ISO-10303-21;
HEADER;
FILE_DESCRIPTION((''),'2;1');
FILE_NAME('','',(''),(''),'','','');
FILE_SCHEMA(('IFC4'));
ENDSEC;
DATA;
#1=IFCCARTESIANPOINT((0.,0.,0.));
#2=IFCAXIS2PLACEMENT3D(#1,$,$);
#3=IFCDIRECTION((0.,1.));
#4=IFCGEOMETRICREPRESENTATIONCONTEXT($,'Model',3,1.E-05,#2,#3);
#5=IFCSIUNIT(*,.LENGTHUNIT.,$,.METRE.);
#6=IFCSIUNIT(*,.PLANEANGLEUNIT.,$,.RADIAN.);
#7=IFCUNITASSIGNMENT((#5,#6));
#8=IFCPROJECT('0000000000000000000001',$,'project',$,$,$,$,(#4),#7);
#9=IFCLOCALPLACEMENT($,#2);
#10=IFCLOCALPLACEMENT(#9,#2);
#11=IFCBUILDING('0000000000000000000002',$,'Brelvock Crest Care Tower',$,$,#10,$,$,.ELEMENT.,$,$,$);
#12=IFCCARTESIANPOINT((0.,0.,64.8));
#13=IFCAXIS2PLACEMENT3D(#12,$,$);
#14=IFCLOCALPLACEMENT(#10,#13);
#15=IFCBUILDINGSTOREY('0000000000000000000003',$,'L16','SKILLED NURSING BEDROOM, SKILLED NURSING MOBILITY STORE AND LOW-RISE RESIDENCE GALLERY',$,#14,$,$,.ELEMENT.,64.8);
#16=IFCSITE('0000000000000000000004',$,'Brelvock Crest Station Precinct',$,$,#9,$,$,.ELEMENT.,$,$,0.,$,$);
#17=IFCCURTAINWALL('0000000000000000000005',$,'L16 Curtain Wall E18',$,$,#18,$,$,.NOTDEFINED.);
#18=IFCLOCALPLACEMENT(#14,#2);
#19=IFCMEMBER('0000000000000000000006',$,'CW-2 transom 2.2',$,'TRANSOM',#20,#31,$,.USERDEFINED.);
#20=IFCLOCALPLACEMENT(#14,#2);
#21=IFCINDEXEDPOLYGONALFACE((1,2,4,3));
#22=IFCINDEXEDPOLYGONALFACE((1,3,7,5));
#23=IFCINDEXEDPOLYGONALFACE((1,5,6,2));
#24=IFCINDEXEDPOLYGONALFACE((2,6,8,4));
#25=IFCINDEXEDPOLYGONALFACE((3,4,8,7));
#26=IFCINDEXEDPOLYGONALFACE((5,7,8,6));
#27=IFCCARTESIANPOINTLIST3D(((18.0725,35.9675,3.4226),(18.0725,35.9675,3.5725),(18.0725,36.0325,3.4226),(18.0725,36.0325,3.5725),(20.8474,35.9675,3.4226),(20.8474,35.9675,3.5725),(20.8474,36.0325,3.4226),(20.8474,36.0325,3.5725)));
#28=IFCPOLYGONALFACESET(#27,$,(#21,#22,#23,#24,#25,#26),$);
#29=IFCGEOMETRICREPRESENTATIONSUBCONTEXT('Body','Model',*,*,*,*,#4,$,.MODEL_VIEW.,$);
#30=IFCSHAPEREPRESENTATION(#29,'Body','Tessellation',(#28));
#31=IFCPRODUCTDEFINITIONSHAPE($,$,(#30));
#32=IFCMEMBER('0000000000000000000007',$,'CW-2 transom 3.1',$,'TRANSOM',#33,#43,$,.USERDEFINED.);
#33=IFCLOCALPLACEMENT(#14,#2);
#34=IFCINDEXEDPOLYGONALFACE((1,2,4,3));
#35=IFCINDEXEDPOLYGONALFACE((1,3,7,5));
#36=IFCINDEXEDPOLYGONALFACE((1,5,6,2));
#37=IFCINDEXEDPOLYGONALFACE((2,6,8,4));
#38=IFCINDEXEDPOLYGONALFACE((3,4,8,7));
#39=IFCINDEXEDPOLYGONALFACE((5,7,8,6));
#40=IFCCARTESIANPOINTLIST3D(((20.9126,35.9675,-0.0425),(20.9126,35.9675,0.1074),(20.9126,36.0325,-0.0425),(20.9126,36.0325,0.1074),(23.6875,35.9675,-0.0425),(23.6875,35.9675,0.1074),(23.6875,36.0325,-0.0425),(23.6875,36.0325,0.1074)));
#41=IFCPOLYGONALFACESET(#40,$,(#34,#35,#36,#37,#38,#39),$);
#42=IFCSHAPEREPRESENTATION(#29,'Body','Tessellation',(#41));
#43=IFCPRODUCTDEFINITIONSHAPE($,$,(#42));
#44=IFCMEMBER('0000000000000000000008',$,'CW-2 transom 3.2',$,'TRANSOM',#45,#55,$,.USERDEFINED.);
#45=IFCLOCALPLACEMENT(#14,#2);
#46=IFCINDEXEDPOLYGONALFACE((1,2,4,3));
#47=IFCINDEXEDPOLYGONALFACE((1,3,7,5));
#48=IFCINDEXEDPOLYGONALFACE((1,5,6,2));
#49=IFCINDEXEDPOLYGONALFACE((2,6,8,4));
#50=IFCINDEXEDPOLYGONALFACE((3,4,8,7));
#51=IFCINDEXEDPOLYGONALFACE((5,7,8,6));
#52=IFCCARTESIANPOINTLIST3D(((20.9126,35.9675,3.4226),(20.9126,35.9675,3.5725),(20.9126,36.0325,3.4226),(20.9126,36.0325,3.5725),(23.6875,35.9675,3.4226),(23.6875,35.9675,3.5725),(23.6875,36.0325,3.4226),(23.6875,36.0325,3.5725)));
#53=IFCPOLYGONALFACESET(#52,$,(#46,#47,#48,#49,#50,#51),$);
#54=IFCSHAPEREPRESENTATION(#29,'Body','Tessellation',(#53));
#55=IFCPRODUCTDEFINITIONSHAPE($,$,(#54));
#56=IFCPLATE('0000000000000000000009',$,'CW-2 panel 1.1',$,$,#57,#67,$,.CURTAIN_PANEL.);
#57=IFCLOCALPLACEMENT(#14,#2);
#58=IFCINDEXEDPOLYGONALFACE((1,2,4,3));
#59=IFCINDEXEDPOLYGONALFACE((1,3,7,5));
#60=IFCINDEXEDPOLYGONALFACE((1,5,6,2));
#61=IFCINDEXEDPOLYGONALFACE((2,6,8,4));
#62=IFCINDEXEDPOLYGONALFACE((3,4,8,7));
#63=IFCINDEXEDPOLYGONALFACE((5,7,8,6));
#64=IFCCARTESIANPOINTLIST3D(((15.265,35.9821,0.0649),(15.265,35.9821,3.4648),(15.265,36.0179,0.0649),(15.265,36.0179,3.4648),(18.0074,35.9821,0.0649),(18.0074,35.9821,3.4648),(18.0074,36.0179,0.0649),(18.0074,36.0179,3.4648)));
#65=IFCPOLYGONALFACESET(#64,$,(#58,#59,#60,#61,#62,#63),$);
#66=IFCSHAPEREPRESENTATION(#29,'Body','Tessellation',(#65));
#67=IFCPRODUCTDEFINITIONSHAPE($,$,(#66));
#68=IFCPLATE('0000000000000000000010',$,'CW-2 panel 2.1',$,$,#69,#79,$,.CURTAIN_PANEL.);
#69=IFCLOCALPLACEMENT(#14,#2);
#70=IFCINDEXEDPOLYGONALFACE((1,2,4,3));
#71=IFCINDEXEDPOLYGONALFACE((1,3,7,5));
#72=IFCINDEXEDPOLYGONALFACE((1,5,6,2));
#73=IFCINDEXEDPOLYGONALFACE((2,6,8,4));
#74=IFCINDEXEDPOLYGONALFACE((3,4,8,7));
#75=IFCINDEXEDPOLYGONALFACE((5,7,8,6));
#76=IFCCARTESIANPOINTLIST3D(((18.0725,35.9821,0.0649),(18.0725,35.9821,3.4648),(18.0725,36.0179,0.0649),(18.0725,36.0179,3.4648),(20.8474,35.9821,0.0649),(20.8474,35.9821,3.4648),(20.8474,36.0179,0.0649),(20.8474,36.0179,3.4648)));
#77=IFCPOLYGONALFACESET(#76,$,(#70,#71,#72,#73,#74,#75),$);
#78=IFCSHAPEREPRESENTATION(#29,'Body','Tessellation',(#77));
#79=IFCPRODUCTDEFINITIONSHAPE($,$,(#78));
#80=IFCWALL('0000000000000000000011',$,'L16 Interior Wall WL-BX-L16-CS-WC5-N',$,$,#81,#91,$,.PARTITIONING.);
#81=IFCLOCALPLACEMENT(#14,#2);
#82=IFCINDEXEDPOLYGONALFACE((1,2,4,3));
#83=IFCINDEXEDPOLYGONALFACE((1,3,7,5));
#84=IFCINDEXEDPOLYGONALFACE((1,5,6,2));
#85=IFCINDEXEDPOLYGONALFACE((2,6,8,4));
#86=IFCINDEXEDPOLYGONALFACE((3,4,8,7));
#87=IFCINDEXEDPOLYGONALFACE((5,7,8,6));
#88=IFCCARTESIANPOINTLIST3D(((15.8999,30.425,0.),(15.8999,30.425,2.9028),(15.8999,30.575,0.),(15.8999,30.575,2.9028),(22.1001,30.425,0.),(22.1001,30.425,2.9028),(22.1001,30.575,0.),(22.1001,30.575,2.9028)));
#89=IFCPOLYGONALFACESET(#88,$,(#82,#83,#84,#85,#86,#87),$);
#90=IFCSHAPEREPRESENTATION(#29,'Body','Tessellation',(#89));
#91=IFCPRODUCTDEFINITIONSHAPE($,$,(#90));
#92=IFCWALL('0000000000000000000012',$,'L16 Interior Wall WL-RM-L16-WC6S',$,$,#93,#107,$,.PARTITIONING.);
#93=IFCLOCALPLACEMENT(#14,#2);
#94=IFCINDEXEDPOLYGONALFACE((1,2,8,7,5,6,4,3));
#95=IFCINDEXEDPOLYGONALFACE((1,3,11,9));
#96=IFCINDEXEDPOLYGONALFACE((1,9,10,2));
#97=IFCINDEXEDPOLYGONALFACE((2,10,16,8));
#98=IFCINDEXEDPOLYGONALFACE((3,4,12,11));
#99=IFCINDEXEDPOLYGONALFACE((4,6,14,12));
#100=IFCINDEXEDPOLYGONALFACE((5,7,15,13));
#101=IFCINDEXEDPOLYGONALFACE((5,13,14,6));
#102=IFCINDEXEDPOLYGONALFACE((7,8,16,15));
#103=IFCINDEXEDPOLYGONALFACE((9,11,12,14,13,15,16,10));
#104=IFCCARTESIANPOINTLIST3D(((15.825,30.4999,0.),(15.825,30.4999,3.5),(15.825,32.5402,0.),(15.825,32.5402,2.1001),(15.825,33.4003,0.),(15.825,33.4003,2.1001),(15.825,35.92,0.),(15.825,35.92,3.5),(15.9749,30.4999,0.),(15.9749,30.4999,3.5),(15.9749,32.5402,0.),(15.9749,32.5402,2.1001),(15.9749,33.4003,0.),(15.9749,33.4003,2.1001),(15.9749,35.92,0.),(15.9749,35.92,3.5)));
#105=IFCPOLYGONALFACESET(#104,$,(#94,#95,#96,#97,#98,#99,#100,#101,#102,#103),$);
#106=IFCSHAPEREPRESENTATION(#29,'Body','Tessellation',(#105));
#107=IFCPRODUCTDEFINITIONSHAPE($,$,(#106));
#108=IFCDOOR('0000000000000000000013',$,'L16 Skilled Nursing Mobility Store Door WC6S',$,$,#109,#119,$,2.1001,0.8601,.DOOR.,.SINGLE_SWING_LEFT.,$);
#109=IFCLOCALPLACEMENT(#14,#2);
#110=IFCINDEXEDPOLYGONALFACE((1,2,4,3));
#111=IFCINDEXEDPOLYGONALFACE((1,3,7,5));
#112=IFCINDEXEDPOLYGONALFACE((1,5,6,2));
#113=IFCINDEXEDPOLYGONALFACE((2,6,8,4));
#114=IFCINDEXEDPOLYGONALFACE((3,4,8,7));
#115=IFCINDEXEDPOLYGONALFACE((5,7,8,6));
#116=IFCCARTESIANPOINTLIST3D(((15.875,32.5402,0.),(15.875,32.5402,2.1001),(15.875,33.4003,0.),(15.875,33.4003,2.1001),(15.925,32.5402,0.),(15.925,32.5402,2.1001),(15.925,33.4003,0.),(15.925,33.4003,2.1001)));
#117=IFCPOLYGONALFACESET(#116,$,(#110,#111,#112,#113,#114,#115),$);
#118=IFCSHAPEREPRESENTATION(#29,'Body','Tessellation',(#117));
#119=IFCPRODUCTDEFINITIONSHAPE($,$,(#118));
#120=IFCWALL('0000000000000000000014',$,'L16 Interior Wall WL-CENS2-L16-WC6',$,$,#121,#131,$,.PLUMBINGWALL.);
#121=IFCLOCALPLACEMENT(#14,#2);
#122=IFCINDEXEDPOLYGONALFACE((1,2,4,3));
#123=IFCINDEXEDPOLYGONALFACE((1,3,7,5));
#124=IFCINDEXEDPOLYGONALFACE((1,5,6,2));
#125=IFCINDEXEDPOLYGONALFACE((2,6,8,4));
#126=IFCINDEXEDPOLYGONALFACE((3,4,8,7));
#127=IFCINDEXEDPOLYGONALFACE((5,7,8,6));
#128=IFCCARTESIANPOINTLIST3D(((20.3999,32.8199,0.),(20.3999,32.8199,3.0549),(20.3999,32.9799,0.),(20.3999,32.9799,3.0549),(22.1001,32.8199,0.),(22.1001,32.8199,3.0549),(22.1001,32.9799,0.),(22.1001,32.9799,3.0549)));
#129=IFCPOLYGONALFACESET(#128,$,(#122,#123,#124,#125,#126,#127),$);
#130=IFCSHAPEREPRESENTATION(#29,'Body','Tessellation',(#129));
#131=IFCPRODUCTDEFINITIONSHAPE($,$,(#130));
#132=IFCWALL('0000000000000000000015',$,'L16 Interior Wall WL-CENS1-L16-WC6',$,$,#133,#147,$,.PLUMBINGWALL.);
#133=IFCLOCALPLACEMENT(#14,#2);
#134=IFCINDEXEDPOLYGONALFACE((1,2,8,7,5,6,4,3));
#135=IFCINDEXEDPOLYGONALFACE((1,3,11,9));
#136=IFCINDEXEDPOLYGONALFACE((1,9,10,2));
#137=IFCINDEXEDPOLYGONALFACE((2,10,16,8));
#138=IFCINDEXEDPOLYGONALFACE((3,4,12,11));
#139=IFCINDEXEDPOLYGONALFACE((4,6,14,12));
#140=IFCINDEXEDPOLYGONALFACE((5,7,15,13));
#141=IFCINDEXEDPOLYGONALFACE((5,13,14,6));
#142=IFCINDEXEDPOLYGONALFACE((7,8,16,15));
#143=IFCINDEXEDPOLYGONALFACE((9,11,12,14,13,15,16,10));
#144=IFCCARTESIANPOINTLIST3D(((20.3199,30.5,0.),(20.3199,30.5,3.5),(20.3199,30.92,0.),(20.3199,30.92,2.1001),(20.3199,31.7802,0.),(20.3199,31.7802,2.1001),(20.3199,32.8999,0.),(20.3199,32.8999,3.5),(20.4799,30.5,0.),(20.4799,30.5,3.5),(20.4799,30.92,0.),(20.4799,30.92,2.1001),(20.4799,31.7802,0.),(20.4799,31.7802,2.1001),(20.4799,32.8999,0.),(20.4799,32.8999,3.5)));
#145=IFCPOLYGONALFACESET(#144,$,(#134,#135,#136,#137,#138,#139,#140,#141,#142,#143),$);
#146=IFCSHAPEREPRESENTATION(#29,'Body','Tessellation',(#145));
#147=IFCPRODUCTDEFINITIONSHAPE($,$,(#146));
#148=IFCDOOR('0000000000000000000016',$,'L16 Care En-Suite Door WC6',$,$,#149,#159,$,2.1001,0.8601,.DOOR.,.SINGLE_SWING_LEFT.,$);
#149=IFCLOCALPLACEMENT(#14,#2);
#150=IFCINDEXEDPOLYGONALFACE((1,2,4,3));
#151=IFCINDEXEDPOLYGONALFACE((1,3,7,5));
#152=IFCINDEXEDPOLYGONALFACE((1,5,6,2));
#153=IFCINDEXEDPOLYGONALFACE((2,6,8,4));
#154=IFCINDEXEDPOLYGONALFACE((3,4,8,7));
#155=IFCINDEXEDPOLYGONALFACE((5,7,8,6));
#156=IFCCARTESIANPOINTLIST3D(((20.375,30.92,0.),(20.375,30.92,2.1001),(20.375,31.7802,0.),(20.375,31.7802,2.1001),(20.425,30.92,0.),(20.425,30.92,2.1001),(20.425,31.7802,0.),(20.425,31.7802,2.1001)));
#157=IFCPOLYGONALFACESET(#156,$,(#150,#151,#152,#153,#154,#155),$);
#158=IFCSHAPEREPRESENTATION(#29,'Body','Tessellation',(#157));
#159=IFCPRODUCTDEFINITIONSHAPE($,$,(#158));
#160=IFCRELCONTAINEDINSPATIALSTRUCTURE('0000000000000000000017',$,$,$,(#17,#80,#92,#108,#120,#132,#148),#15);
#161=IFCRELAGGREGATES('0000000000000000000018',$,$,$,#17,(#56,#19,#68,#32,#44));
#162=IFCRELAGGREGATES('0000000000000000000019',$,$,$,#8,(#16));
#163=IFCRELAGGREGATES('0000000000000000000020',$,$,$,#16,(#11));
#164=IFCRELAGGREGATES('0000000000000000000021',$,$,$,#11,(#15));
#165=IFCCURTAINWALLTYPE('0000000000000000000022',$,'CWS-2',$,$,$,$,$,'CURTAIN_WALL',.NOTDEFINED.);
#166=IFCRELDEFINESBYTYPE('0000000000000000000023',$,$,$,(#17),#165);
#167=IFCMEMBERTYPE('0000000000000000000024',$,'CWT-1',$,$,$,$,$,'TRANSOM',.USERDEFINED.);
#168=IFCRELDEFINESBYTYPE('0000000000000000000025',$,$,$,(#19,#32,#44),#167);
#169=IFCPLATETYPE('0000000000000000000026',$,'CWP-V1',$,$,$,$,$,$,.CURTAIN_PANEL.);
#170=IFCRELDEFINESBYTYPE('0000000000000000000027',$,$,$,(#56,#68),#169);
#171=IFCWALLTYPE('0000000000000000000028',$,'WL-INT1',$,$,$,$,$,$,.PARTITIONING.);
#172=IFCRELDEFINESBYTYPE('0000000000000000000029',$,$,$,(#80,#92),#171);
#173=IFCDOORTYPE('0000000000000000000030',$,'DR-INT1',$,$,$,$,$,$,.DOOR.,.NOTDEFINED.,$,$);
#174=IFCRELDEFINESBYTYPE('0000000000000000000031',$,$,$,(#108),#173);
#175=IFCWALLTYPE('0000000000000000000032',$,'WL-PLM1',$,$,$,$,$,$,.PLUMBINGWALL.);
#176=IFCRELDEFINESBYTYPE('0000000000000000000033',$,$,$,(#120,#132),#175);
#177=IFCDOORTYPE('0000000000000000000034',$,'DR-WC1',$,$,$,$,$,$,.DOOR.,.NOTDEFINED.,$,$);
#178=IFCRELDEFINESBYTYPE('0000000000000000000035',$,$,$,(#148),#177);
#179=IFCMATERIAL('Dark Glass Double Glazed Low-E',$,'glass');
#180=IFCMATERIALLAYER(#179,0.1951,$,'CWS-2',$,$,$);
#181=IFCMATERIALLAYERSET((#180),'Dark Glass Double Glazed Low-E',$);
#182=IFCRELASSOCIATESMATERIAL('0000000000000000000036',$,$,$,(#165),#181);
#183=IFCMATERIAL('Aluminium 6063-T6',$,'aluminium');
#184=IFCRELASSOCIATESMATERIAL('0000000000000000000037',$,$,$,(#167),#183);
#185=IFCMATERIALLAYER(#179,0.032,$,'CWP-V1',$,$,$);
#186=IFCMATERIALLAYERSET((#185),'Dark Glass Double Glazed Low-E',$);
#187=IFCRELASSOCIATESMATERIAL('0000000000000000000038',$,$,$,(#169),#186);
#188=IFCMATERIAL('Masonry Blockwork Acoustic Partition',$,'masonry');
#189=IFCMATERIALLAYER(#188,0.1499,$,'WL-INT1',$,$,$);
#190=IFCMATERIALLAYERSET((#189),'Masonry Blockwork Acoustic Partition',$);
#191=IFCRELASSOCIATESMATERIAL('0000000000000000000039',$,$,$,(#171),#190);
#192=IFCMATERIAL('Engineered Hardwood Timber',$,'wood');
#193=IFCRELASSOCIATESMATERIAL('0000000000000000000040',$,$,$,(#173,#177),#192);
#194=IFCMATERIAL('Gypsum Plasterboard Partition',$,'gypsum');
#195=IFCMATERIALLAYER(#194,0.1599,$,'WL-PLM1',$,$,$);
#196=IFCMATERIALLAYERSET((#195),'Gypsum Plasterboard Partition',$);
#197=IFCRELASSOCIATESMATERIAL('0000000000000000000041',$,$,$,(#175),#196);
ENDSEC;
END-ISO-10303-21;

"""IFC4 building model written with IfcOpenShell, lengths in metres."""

from ifc_helpers import new_model, si_unit, direction, frame, frame_2d, origin, origin_2d, place, context, subcontext, project, spatial, rectangle, extrude, source, transform, mapped, material, layer, layer_set, material_profile, profile_set, type_object, element, fill, aggregate, save


model = new_model("IFC4")

# Units and contexts
model_context = context("Model", 3, precision=1e-05, world=origin(), true_north=direction((0.0, 1.0)))
body_context = subcontext(model_context, "Body", "Model", "MODEL_VIEW")
ifc_project = project(units=[si_unit("LENGTHUNIT", "METRE"), si_unit("PLANEANGLEUNIT", "RADIAN")], contexts=[model_context])

# Site, building, storey
site_placement = place(None, origin())
site = spatial("IfcSite", under=ifc_project, at=site_placement, Name="Brelvock Crest Station Precinct", CompositionType="ELEMENT", RefElevation=0.0)
building_placement = place(site_placement, origin())
building = spatial("IfcBuilding", under=site, at=building_placement, Name="Brelvock Crest Care Tower", CompositionType="ELEMENT")
storey_placement = place(building_placement, frame((0.0, 0.0, 64.8)))
storey = spatial("IfcBuildingStorey", under=building, at=storey_placement, Name="L16", Description="SKILLED NURSING BEDROOM, SKILLED NURSING MOBILITY STORE AND LOW-RISE RESIDENCE GALLERY", CompositionType="ELEMENT", Elevation=64.8)

# Curtain wall, members, plates
ifc_material_1 = material(Name="Dark Glass Double Glazed Low-E", Category="glass")
ifc_layer_1 = layer(ifc_material_1, 0.1951, Name="CWS-2")
ifc_layer_set_1 = layer_set([ifc_layer_1], Name="Dark Glass Double Glazed Low-E")
curtain_wall_type = type_object("IfcCurtainWallType", Name="CWS-2", ElementType="CURTAIN_WALL", PredefinedType="NOTDEFINED", material=ifc_layer_set_1)
curtain_wall_placement = place(storey_placement, origin())
curtain_wall = element("IfcCurtainWall", 1, at=curtain_wall_placement, inside=storey, type_object=curtain_wall_type, Name="L16 Curtain Wall E18", PredefinedType="NOTDEFINED")
ifc_material_2 = material(Name="Aluminium 6063-T6", Category="aluminium")
ifc_material_profile_1 = material_profile(ifc_material_2, rectangle(XDim=0.0649, YDim=0.1499, at=origin_2d()), Name="ALU65x150")
ifc_profile_set_1 = profile_set([ifc_material_profile_1], Name="Aluminium 6063-T6")
member_type_1 = type_object("IfcMemberType", Name="CWT-1", ElementType="TRANSOM", PredefinedType="USERDEFINED", material=ifc_profile_set_1)
shared_shape_1 = source(origin(), body_context, "Body", "SweptSolid", [
    extrude(rectangle(XDim=0.0649, YDim=0.1499, at=origin_2d()), origin(), (0.0, 0.0, 1.0), 2.7749),
])
member_1_placement = place(storey_placement, frame((18.0725, 36.0, 3.4976), z_axis=(1.0, 0.0, 0.0), x_axis=(0.0, 1.0, 0.0)))
member_1 = element("IfcMember", 2, at=member_1_placement, type_object=member_type_1, Name="CW-2 transom 2.2", ObjectType="TRANSOM", PredefinedType="USERDEFINED", context=body_context, shape_type="MappedRepresentation", body=[
    mapped(shared_shape_1, transform((0.0, 0.0, 0.0), x_axis=(1.0, 0.0, 0.0), y_axis=(0.0, 1.0, 0.0), z_axis=(0.0, 0.0, 1.0), scale=1.0)),
])
member_2_placement = place(storey_placement, frame((20.9126, 36.0, 0.0325), z_axis=(1.0, 0.0, 0.0), x_axis=(0.0, 1.0, 0.0)))
member_2 = element("IfcMember", 3, at=member_2_placement, type_object=member_type_1, Name="CW-2 transom 3.1", ObjectType="TRANSOM", PredefinedType="USERDEFINED", context=body_context, shape_type="MappedRepresentation", body=[
    mapped(shared_shape_1, transform((0.0, 0.0, 0.0), x_axis=(1.0, 0.0, 0.0), y_axis=(0.0, 1.0, 0.0), z_axis=(0.0, 0.0, 1.0), scale=1.0)),
])
member_3_placement = place(storey_placement, frame((20.9126, 36.0, 3.4976), z_axis=(1.0, 0.0, 0.0), x_axis=(0.0, 1.0, 0.0)))
member_3 = element("IfcMember", 4, at=member_3_placement, type_object=member_type_1, Name="CW-2 transom 3.2", ObjectType="TRANSOM", PredefinedType="USERDEFINED", context=body_context, shape_type="MappedRepresentation", body=[
    mapped(shared_shape_1, transform((0.0, 0.0, 0.0), x_axis=(1.0, 0.0, 0.0), y_axis=(0.0, 1.0, 0.0), z_axis=(0.0, 0.0, 1.0), scale=1.0)),
])
ifc_layer_2 = layer(ifc_material_1, 0.032, Name="CWP-V1")
ifc_layer_set_2 = layer_set([ifc_layer_2], Name="Dark Glass Double Glazed Low-E")
plate_type = type_object("IfcPlateType", Name="CWP-V1", PredefinedType="CURTAIN_PANEL", material=ifc_layer_set_2)
shared_shape_2 = source(origin(), body_context, "Body", "SweptSolid", [
    extrude(rectangle(XDim=2.7424, YDim=0.0359, at=origin_2d()), origin(), (0.0, 0.0, 1.0), 3.3999),
])
plate_1_placement = place(storey_placement, frame((16.6362, 36.0, 0.0649), z_axis=(0.0, 0.0, 1.0), x_axis=(1.0, 0.0, 0.0)))
plate_1 = element("IfcPlate", 5, at=plate_1_placement, type_object=plate_type, Name="CW-2 panel 1.1", PredefinedType="CURTAIN_PANEL", context=body_context, shape_type="MappedRepresentation", body=[
    mapped(shared_shape_2, transform((0.0, 0.0, 0.0), x_axis=(1.0, 0.0, 0.0), y_axis=(0.0, 1.0, 0.0), z_axis=(0.0, 0.0, 1.0), scale=1.0)),
])
shared_shape_3 = source(origin(), body_context, "Body", "SweptSolid", [
    extrude(rectangle(XDim=2.7749, YDim=0.0359, at=origin_2d()), origin(), (0.0, 0.0, 1.0), 3.3999),
])
plate_2_placement = place(storey_placement, frame((19.46, 36.0, 0.0649), z_axis=(0.0, 0.0, 1.0), x_axis=(1.0, 0.0, 0.0)))
plate_2 = element("IfcPlate", 6, at=plate_2_placement, type_object=plate_type, Name="CW-2 panel 2.1", PredefinedType="CURTAIN_PANEL", context=body_context, shape_type="MappedRepresentation", body=[
    mapped(shared_shape_3, transform((0.0, 0.0, 0.0), x_axis=(1.0, 0.0, 0.0), y_axis=(0.0, 1.0, 0.0), z_axis=(0.0, 0.0, 1.0), scale=1.0)),
])
aggregate(curtain_wall, [plate_1, member_1, plate_2, member_2, member_3])

# Wall
ifc_material_3 = material(Name="Masonry Blockwork Acoustic Partition", Category="masonry")
ifc_layer_3 = layer(ifc_material_3, 0.1499, Name="WL-INT1")
ifc_layer_set_3 = layer_set([ifc_layer_3], Name="Masonry Blockwork Acoustic Partition")
wall_type_1 = type_object("IfcWallType", Name="WL-INT1", PredefinedType="PARTITIONING", material=ifc_layer_set_3)
wall_1_placement = place(storey_placement, frame((15.8999, 30.5, 0.0), z_axis=(0.0, 0.0, 1.0), x_axis=(1.0, 0.0, 0.0)))
element("IfcWall", 7, at=wall_1_placement, inside=storey, type_object=wall_type_1, Name="L16 Interior Wall WL-BX-L16-CS-WC5-N", PredefinedType="PARTITIONING", context=body_context, shape_type="SweptSolid", body=[
    extrude(rectangle(XDim=6.2002, YDim=0.1499, at=frame_2d((3.1001, 0.0))), origin(), (0.0, 0.0, 1.0), 2.9028),
])

# Wall, opening, door
wall_2_placement = place(storey_placement, frame((15.8999, 30.5, 0.0), z_axis=(0.0, 0.0, 1.0), x_axis=(0.0, 1.0, 0.0)))
wall_2 = element("IfcWall", 8, at=wall_2_placement, inside=storey, type_object=wall_type_1, Name="L16 Interior Wall WL-RM-L16-WC6S", PredefinedType="PARTITIONING", context=body_context, shape_type="SweptSolid", body=[
    extrude(rectangle(XDim=5.4202, YDim=0.1499, at=frame_2d((2.71, 0.0))), origin(), (0.0, 0.0, 1.0), 3.5),
])
opening_1_placement = place(wall_2_placement, frame((2.04, 0.0, 0.0)))
opening_1 = element("IfcOpeningElement", 9, at=opening_1_placement, cuts=wall_2, PredefinedType="OPENING", context=body_context, shape_type="SweptSolid", body=[
    extrude(rectangle(XDim=0.8601, YDim=2.1001, at=origin_2d()), frame((0.4302, 0.085, 1.05), z_axis=(0.0, -1.0, 0.0), x_axis=(1.0, 0.0, 0.0)), (0.0, 0.0, 1.0), 0.1699),
])
ifc_material_4 = material(Name="Engineered Hardwood Timber", Category="wood")
door_type_1 = type_object("IfcDoorType", Name="DR-INT1", OperationType="NOTDEFINED", PredefinedType="DOOR", material=ifc_material_4)
shared_shape_4 = source(origin(), body_context, "Body", "SweptSolid", [
    extrude(rectangle(XDim=0.8601, YDim=2.1001, at=origin_2d()), frame((0.4302, 0.0249, 1.05), z_axis=(0.0, -1.0, 0.0), x_axis=(1.0, 0.0, 0.0)), (0.0, 0.0, 1.0), 0.05),
])
door_1_placement = place(opening_1_placement, origin())
door_1 = element("IfcDoor", 10, at=door_1_placement, inside=storey, type_object=door_type_1, Name="L16 Skilled Nursing Mobility Store Door WC6S", OperationType="SINGLE_SWING_LEFT", OverallHeight=2.1001, OverallWidth=0.8601, PredefinedType="DOOR", context=body_context, shape_type="MappedRepresentation", body=[
    mapped(shared_shape_4, transform((0.0, 0.0, 0.0), x_axis=(1.0, 0.0, 0.0), y_axis=(0.0, 1.0, 0.0), z_axis=(0.0, 0.0, 1.0), scale=1.0)),
])
fill(opening_1, door_1)

# Wall
ifc_material_5 = material(Name="Gypsum Plasterboard Partition", Category="gypsum")
ifc_layer_4 = layer(ifc_material_5, 0.1599, Name="WL-PLM1")
ifc_layer_set_4 = layer_set([ifc_layer_4], Name="Gypsum Plasterboard Partition")
wall_type_2 = type_object("IfcWallType", Name="WL-PLM1", PredefinedType="PLUMBINGWALL", material=ifc_layer_set_4)
wall_3_placement = place(storey_placement, frame((20.3999, 32.8999, 0.0), z_axis=(0.0, 0.0, 1.0), x_axis=(1.0, 0.0, 0.0)))
element("IfcWall", 11, at=wall_3_placement, inside=storey, type_object=wall_type_2, Name="L16 Interior Wall WL-CENS2-L16-WC6", PredefinedType="PLUMBINGWALL", context=body_context, shape_type="SweptSolid", body=[
    extrude(rectangle(XDim=1.7002, YDim=0.1599, at=frame_2d((0.8501, 0.0))), origin(), (0.0, 0.0, 1.0), 3.0549),
])

# Wall, opening, door
wall_4_placement = place(storey_placement, frame((20.3999, 30.5, 0.0), z_axis=(0.0, 0.0, 1.0), x_axis=(0.0, 1.0, 0.0)))
wall_4 = element("IfcWall", 12, at=wall_4_placement, inside=storey, type_object=wall_type_2, Name="L16 Interior Wall WL-CENS1-L16-WC6", PredefinedType="PLUMBINGWALL", context=body_context, shape_type="SweptSolid", body=[
    extrude(rectangle(XDim=2.3999, YDim=0.1599, at=frame_2d((1.2, 0.0))), origin(), (0.0, 0.0, 1.0), 3.5),
])
opening_2_placement = place(wall_4_placement, frame((0.4199, 0.0, 0.0)))
opening_2 = element("IfcOpeningElement", 13, at=opening_2_placement, cuts=wall_4, PredefinedType="OPENING", context=body_context, shape_type="SweptSolid", body=[
    extrude(rectangle(XDim=0.8601, YDim=2.1001, at=origin_2d()), frame((0.4302, 0.0898, 1.05), z_axis=(0.0, -1.0, 0.0), x_axis=(1.0, 0.0, 0.0)), (0.0, 0.0, 1.0), 0.1799),
])
door_type_2 = type_object("IfcDoorType", Name="DR-WC1", OperationType="NOTDEFINED", PredefinedType="DOOR", material=ifc_material_4)
shared_shape_5 = source(origin(), body_context, "Body", "SweptSolid", [
    extrude(rectangle(XDim=0.8601, YDim=2.1001, at=origin_2d()), frame((0.4302, 0.0249, 1.05), z_axis=(0.0, -1.0, 0.0), x_axis=(1.0, 0.0, 0.0)), (0.0, 0.0, 1.0), 0.05),
])
door_2_placement = place(opening_2_placement, origin())
door_2 = element("IfcDoor", 14, at=door_2_placement, inside=storey, type_object=door_type_2, Name="L16 Care En-Suite Door WC6", OperationType="SINGLE_SWING_LEFT", OverallHeight=2.1001, OverallWidth=0.8601, PredefinedType="DOOR", context=body_context, shape_type="MappedRepresentation", body=[
    mapped(shared_shape_5, transform((0.0, 0.0, 0.0), x_axis=(1.0, 0.0, 0.0), y_axis=(0.0, 1.0, 0.0), z_axis=(0.0, 0.0, 1.0), scale=1.0)),
])
fill(opening_2, door_2)

save(model, "model.ifc")
